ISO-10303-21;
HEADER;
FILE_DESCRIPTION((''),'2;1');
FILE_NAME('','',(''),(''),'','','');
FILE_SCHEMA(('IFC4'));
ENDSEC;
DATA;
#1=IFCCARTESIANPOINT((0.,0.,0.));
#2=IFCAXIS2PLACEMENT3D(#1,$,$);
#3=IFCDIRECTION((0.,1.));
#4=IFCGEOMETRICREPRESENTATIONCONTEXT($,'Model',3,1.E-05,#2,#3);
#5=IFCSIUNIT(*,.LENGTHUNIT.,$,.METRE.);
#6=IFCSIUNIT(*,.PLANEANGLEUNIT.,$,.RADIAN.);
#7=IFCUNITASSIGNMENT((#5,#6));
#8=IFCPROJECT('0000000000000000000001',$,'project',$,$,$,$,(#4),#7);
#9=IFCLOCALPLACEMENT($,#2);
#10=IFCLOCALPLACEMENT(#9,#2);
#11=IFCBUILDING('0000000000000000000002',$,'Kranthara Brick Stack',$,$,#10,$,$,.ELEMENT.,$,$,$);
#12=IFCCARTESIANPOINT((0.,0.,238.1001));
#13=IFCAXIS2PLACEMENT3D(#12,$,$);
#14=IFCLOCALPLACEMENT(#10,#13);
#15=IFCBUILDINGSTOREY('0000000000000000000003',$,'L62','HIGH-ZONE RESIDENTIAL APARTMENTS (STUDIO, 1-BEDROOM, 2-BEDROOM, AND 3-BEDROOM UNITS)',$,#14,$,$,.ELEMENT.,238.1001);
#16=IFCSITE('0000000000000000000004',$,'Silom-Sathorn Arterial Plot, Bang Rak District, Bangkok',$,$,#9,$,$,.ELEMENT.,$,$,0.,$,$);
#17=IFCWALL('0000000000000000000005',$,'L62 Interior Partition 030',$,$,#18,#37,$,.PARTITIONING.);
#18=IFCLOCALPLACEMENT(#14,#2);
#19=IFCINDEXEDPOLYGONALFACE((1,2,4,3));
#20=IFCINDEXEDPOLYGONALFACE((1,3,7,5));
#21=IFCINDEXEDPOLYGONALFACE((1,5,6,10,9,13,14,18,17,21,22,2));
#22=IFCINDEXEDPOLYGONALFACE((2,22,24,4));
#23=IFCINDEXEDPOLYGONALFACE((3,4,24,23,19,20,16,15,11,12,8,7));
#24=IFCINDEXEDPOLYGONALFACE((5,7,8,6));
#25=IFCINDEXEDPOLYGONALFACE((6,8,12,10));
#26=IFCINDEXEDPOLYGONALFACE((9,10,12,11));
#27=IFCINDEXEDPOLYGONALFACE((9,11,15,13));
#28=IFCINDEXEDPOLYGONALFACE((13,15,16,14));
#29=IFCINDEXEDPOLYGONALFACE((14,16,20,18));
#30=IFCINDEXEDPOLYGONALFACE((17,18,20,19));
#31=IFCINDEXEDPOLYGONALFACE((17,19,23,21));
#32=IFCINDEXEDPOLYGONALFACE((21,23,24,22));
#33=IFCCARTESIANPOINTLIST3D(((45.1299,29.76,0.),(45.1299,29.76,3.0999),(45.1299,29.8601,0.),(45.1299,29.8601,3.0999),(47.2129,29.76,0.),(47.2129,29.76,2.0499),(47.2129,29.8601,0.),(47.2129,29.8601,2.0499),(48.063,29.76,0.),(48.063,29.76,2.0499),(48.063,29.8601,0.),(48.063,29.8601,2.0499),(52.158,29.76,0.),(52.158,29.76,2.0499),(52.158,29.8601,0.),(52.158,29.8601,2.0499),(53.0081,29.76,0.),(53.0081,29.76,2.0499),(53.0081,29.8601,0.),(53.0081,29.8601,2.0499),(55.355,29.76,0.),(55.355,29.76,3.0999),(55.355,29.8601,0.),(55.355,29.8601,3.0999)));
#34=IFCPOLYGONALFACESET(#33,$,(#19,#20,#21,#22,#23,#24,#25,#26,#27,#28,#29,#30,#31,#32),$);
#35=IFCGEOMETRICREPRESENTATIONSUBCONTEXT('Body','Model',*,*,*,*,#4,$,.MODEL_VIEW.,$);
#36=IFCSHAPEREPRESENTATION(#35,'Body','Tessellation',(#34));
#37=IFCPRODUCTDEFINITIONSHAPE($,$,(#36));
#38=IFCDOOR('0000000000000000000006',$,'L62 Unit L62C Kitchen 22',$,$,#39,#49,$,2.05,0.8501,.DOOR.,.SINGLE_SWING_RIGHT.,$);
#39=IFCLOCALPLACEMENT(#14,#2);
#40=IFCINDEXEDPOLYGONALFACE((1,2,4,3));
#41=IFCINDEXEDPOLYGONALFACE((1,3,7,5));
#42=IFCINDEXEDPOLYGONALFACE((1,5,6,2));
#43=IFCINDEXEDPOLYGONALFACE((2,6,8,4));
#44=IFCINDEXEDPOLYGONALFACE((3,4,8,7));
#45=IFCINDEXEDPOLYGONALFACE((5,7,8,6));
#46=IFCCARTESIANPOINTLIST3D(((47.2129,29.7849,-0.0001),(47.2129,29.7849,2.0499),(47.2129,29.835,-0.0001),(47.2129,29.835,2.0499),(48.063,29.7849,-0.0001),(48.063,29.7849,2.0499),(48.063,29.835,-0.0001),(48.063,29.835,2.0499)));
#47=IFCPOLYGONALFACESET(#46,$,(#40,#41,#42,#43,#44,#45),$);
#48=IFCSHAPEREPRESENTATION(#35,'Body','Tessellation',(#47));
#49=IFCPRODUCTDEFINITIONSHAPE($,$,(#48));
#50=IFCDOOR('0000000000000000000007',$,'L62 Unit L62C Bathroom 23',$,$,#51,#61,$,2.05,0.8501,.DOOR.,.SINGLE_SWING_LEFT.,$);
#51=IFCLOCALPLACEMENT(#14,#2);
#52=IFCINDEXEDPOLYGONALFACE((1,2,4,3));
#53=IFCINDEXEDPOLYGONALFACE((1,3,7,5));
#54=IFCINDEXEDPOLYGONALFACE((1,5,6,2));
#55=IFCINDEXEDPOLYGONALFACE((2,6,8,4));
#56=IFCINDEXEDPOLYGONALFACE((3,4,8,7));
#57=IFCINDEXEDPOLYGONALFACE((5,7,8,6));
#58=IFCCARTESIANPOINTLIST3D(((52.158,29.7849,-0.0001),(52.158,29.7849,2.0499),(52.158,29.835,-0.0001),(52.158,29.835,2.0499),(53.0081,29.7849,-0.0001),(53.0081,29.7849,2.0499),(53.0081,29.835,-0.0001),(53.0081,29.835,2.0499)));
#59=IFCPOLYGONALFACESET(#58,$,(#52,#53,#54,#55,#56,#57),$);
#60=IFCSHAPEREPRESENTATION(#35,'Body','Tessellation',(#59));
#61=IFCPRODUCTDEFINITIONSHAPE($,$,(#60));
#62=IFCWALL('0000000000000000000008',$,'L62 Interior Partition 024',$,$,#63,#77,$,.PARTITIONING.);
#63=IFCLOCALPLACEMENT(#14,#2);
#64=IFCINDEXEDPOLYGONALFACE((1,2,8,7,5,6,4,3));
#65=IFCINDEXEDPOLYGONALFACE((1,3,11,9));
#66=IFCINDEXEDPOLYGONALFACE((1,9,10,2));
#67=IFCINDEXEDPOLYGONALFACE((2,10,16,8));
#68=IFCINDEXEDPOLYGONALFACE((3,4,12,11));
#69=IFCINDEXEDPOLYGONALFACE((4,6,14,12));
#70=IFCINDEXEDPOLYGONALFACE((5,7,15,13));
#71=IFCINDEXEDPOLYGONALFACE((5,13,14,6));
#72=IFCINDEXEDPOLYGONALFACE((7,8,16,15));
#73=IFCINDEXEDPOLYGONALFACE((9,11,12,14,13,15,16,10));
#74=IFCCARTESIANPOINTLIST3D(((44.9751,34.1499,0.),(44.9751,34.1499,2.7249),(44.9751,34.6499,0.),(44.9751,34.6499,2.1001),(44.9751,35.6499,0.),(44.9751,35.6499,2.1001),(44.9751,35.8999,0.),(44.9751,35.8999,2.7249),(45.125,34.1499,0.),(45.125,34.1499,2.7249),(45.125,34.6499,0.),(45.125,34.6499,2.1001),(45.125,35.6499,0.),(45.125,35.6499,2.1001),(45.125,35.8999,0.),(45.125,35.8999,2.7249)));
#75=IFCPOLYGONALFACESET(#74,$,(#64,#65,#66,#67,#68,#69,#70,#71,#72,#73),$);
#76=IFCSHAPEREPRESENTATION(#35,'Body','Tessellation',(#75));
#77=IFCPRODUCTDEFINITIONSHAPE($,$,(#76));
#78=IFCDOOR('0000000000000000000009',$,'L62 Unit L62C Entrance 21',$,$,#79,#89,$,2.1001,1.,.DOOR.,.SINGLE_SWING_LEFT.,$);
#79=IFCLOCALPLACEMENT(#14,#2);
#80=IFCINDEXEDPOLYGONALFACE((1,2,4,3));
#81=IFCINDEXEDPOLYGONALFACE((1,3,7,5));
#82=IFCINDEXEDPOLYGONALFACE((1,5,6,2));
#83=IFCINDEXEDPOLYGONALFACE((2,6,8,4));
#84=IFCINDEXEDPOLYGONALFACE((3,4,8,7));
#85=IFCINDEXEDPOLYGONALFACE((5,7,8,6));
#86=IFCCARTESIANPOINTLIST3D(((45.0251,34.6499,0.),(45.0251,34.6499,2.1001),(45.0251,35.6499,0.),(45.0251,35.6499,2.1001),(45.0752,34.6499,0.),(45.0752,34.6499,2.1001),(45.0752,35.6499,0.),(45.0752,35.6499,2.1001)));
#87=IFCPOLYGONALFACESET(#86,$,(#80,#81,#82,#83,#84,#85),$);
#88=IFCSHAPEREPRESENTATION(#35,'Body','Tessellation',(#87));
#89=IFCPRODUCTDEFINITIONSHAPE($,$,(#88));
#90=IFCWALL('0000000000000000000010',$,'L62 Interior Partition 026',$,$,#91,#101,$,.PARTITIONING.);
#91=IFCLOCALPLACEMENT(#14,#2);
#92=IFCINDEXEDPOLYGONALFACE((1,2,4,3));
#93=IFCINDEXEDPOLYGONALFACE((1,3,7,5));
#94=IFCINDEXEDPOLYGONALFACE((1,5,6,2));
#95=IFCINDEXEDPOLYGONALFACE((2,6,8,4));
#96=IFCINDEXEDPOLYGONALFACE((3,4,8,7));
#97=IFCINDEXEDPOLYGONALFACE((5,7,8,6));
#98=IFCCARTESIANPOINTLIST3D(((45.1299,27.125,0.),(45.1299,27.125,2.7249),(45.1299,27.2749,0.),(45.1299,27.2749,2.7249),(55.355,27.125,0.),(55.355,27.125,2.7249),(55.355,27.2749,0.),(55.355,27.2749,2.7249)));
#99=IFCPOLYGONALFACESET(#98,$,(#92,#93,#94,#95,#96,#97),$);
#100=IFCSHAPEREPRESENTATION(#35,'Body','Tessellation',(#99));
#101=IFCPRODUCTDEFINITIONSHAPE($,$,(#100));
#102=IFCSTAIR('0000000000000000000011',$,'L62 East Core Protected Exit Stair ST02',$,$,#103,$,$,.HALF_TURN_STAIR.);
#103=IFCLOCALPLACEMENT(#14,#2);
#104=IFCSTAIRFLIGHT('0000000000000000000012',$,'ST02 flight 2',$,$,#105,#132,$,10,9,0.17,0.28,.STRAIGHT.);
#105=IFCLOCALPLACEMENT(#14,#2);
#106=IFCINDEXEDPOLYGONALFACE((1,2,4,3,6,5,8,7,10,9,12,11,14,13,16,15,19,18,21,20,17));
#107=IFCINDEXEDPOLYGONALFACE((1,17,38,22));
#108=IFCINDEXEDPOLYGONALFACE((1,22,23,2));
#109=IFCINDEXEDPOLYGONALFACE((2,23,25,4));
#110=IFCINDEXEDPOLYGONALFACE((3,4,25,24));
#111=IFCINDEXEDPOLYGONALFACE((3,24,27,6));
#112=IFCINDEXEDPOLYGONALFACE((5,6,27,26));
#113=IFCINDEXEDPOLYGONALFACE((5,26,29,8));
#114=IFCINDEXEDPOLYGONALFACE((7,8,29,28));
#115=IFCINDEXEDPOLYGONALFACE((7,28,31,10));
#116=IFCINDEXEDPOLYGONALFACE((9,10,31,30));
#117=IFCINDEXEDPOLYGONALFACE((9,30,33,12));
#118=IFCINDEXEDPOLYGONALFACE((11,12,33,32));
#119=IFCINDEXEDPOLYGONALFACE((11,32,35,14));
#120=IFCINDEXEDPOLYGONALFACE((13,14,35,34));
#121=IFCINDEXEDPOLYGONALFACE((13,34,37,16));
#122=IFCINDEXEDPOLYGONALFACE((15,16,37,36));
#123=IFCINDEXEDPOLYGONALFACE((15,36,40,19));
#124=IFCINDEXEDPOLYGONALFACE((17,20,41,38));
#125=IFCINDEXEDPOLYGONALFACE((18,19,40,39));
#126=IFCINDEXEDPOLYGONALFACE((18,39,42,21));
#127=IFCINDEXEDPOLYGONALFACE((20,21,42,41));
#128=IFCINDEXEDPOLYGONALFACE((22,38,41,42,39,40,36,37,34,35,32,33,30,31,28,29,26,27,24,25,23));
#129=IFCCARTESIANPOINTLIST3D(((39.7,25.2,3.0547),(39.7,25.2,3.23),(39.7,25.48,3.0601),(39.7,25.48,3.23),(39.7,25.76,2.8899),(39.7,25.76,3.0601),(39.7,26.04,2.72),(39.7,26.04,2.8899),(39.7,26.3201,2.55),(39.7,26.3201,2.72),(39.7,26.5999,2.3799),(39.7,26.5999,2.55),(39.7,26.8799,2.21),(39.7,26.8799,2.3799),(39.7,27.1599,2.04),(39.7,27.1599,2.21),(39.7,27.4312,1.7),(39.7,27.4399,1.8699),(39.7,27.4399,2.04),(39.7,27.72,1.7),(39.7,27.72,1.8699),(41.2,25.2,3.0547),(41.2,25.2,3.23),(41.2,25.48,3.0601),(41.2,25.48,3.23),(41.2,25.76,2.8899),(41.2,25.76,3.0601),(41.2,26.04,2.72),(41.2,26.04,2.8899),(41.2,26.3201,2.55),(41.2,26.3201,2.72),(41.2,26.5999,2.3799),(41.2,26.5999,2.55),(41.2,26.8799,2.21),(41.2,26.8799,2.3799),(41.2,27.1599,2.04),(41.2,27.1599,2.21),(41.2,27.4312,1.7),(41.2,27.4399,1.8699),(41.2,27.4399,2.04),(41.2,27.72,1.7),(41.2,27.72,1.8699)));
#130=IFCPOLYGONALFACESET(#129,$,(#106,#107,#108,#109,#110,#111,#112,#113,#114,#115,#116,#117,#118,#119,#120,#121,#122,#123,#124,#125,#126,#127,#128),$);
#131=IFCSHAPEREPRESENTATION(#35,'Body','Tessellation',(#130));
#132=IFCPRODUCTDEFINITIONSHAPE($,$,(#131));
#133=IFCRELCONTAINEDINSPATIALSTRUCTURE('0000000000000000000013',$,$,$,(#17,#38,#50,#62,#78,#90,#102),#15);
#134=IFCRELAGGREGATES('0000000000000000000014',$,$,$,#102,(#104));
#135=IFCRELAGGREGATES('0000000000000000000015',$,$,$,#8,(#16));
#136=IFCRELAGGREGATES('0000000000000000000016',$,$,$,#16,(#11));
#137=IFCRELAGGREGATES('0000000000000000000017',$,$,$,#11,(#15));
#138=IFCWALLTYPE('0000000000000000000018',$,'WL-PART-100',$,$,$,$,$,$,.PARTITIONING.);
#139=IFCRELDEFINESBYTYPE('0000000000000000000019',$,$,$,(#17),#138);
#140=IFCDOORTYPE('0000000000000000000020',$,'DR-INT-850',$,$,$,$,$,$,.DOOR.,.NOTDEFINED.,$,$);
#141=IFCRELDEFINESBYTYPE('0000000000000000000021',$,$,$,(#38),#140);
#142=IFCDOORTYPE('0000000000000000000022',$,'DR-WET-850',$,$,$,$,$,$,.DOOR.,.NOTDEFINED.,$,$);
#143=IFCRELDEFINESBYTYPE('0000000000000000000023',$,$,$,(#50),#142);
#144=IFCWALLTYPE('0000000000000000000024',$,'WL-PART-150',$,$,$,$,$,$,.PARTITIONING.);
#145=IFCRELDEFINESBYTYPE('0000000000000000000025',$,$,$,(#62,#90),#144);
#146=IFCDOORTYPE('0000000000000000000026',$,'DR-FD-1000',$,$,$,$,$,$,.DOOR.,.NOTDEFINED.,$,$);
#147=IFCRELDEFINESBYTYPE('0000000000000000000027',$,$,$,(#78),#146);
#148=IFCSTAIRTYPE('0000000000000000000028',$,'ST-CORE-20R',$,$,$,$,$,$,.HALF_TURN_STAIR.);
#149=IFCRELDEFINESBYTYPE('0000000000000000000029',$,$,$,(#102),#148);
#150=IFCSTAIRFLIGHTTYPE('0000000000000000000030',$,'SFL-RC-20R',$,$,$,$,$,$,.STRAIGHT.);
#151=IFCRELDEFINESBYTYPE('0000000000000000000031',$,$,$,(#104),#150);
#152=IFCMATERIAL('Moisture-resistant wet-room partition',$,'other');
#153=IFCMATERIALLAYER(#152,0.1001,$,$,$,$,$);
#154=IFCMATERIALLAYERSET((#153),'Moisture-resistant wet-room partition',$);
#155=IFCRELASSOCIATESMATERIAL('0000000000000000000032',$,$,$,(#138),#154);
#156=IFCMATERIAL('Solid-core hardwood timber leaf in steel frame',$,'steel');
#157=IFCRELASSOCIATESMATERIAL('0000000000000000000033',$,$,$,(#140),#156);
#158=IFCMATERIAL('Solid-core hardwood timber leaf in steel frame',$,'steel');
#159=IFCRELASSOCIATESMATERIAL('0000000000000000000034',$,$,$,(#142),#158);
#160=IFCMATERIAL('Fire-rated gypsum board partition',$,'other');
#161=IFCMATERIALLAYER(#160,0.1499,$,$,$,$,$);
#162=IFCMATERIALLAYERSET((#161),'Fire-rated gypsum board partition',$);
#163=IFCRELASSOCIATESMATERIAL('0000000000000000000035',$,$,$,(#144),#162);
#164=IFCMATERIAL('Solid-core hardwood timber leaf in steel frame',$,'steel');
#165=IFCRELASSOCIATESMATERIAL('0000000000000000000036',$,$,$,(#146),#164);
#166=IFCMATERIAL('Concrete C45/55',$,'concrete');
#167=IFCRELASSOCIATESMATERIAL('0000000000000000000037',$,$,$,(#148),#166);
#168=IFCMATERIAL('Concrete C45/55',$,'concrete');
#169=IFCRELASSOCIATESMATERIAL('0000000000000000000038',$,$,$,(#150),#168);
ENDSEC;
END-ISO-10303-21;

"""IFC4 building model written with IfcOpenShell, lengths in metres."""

from ifc_helpers import new_model, si_unit, direction, frame, frame_2d, origin, place, context, subcontext, project, spatial, polyline, rectangle, outline, extrude, material, layer, layer_set, type_object, element, fill, aggregate, save


model = new_model("IFC4")

# Units and contexts
model_context = context("Model", 3, precision=1e-05, world=origin(), true_north=direction((0.0, 1.0)))
body_context = subcontext(model_context, "Body", "Model", "MODEL_VIEW")
ifc_project = project(units=[si_unit("LENGTHUNIT", "METRE"), si_unit("PLANEANGLEUNIT", "RADIAN")], contexts=[model_context])

# Site, building, storey
site_placement = place(None, origin())
site = spatial("IfcSite", under=ifc_project, at=site_placement, Name="Silom-Sathorn Arterial Plot, Bang Rak District, Bangkok", CompositionType="ELEMENT", RefElevation=0.0)
building_placement = place(site_placement, origin())
building = spatial("IfcBuilding", under=site, at=building_placement, Name="Kranthara Brick Stack", CompositionType="ELEMENT")
storey_placement = place(building_placement, frame((0.0, 0.0, 238.1001)))
storey = spatial("IfcBuildingStorey", under=building, at=storey_placement, Name="L62", Description="HIGH-ZONE RESIDENTIAL APARTMENTS (STUDIO, 1-BEDROOM, 2-BEDROOM, AND 3-BEDROOM UNITS)", CompositionType="ELEMENT", Elevation=238.1001)

# Wall, openings, doors
ifc_material_1 = material(Name="Moisture-resistant wet-room partition", Category="other")
ifc_layer_1 = layer(ifc_material_1, 0.1001)
ifc_layer_set_1 = layer_set([ifc_layer_1], Name="Moisture-resistant wet-room partition")
wall_type_1 = type_object("IfcWallType", Name="WL-PART-100", PredefinedType="PARTITIONING", material=ifc_layer_set_1)
wall_1_placement = place(storey_placement, frame((45.1299, 29.8101, 0.0), z_axis=(0.0, 0.0, 1.0), x_axis=(1.0, 0.0, 0.0)))
wall_1 = element("IfcWall", 1, at=wall_1_placement, inside=storey, type_object=wall_type_1, Name="L62 Interior Partition 030", PredefinedType="PARTITIONING", context=body_context, shape_type="SweptSolid", body=[
    extrude(rectangle(XDim=10.2251, YDim=0.1001, at=frame_2d((5.1125, 0.0))), origin(), (0.0, 0.0, 1.0), 3.0999),
])
opening_1_placement = place(wall_1_placement, frame((2.083, 0.0, 0.0)))
opening_1 = element("IfcOpeningElement", 2, at=opening_1_placement, cuts=wall_1, PredefinedType="OPENING", context=body_context, shape_type="SweptSolid", body=[
    extrude(rectangle(XDim=0.8501, YDim=2.05, at=frame_2d((0.425, 1.0249))), frame((0.0, 0.0601, 0.0), z_axis=(0.0, -1.0, 0.0), x_axis=(1.0, 0.0, 0.0)), (0.0, 0.0, 1.0), 0.1201),
])
opening_2_placement = place(wall_1_placement, frame((7.0281, 0.0, 0.0)))
opening_2 = element("IfcOpeningElement", 3, at=opening_2_placement, cuts=wall_1, PredefinedType="OPENING", context=body_context, shape_type="SweptSolid", body=[
    extrude(rectangle(XDim=0.8501, YDim=2.05, at=frame_2d((0.425, 1.0249))), frame((0.0, 0.0601, 0.0), z_axis=(0.0, -1.0, 0.0), x_axis=(1.0, 0.0, 0.0)), (0.0, 0.0, 1.0), 0.1201),
])
ifc_material_2 = material(Name="Solid-core hardwood timber leaf in steel frame", Category="steel")
door_type_1 = type_object("IfcDoorType", Name="DR-INT-850", OperationType="NOTDEFINED", PredefinedType="DOOR", material=ifc_material_2)
door_1_placement = place(opening_1_placement, origin())
door_1 = element("IfcDoor", 4, at=door_1_placement, inside=storey, type_object=door_type_1, Name="L62 Unit L62C Kitchen 22", OperationType="SINGLE_SWING_RIGHT", OverallHeight=2.05, OverallWidth=0.8501, PredefinedType="DOOR", context=body_context, shape_type="SweptSolid", body=[
    extrude(rectangle(XDim=0.8501, YDim=2.05, at=frame_2d((0.425, 1.0249))), frame((0.0, 0.0249, 0.0), z_axis=(0.0, -1.0, 0.0), x_axis=(1.0, 0.0, 0.0)), (0.0, 0.0, 1.0), 0.05),
])
fill(opening_1, door_1)
ifc_material_3 = material(Name="Solid-core hardwood timber leaf in steel frame", Category="steel")
door_type_2 = type_object("IfcDoorType", Name="DR-WET-850", OperationType="NOTDEFINED", PredefinedType="DOOR", material=ifc_material_3)
door_2_placement = place(opening_2_placement, origin())
door_2 = element("IfcDoor", 5, at=door_2_placement, inside=storey, type_object=door_type_2, Name="L62 Unit L62C Bathroom 23", OperationType="SINGLE_SWING_LEFT", OverallHeight=2.05, OverallWidth=0.8501, PredefinedType="DOOR", context=body_context, shape_type="SweptSolid", body=[
    extrude(rectangle(XDim=0.8501, YDim=2.05, at=frame_2d((0.425, 1.0249))), frame((0.0, 0.0249, 0.0), z_axis=(0.0, -1.0, 0.0), x_axis=(1.0, 0.0, 0.0)), (0.0, 0.0, 1.0), 0.05),
])
fill(opening_2, door_2)

# Wall, opening, door
ifc_material_4 = material(Name="Fire-rated gypsum board partition", Category="other")
ifc_layer_2 = layer(ifc_material_4, 0.1499)
ifc_layer_set_2 = layer_set([ifc_layer_2], Name="Fire-rated gypsum board partition")
wall_type_2 = type_object("IfcWallType", Name="WL-PART-150", PredefinedType="PARTITIONING", material=ifc_layer_set_2)
wall_2_placement = place(storey_placement, frame((45.05, 34.1499, 0.0), z_axis=(0.0, 0.0, 1.0), x_axis=(0.0, 1.0, 0.0)))
wall_2 = element("IfcWall", 6, at=wall_2_placement, inside=storey, type_object=wall_type_2, Name="L62 Interior Partition 024", PredefinedType="PARTITIONING", context=body_context, shape_type="SweptSolid", body=[
    extrude(rectangle(XDim=1.75, YDim=0.1499, at=frame_2d((0.875, 0.0))), origin(), (0.0, 0.0, 1.0), 2.7249),
])
opening_3_placement = place(wall_2_placement, frame((0.5, 0.0, 0.0)))
opening_3 = element("IfcOpeningElement", 7, at=opening_3_placement, cuts=wall_2, PredefinedType="OPENING", context=body_context, shape_type="SweptSolid", body=[
    extrude(rectangle(XDim=1.0, YDim=2.1001, at=frame_2d((0.5, 1.05))), frame((0.0, 0.085, 0.0), z_axis=(0.0, -1.0, 0.0), x_axis=(1.0, 0.0, 0.0)), (0.0, 0.0, 1.0), 0.1699),
])
ifc_material_5 = material(Name="Solid-core hardwood timber leaf in steel frame", Category="steel")
door_type_3 = type_object("IfcDoorType", Name="DR-FD-1000", OperationType="NOTDEFINED", PredefinedType="DOOR", material=ifc_material_5)
door_3_placement = place(opening_3_placement, origin())
door_3 = element("IfcDoor", 8, at=door_3_placement, inside=storey, type_object=door_type_3, Name="L62 Unit L62C Entrance 21", OperationType="SINGLE_SWING_LEFT", OverallHeight=2.1001, OverallWidth=1.0, PredefinedType="DOOR", context=body_context, shape_type="SweptSolid", body=[
    extrude(rectangle(XDim=1.0, YDim=2.1001, at=frame_2d((0.5, 1.05))), frame((0.0, 0.0249, 0.0), z_axis=(0.0, -1.0, 0.0), x_axis=(1.0, 0.0, 0.0)), (0.0, 0.0, 1.0), 0.05),
])
fill(opening_3, door_3)

# Wall
wall_3_placement = place(storey_placement, frame((45.1299, 27.2, 0.0), z_axis=(0.0, 0.0, 1.0), x_axis=(1.0, 0.0, 0.0)))
element("IfcWall", 9, at=wall_3_placement, inside=storey, type_object=wall_type_2, Name="L62 Interior Partition 026", PredefinedType="PARTITIONING", context=body_context, shape_type="SweptSolid", body=[
    extrude(rectangle(XDim=10.2251, YDim=0.1499, at=frame_2d((5.1125, 0.0))), origin(), (0.0, 0.0, 1.0), 2.7249),
])

# Stair, stair flight
ifc_material_6 = material(Name="Concrete C45/55", Category="concrete")
stair_type = type_object("IfcStairType", Name="ST-CORE-20R", PredefinedType="HALF_TURN_STAIR", material=ifc_material_6)
stair_placement = place(storey_placement, origin())
stair = element("IfcStair", 10, at=stair_placement, inside=storey, type_object=stair_type, Name="L62 East Core Protected Exit Stair ST02", PredefinedType="HALF_TURN_STAIR")
ifc_material_7 = material(Name="Concrete C45/55", Category="concrete")
stair_flight_type = type_object("IfcStairFlightType", Name="SFL-RC-20R", PredefinedType="STRAIGHT", material=ifc_material_7)
stair_flight_placement = place(storey_placement, frame((40.45, 27.72, 1.7), z_axis=(0.0, 0.0, 1.0), x_axis=(0.0, -1.0, 0.0)))
stair_flight = element("IfcStairFlight", 11, at=stair_flight_placement, type_object=stair_flight_type, Name="ST02 flight 2", NumberOfRisers=10, NumberOfTreads=9, PredefinedType="STRAIGHT", RiserHeight=0.17, TreadLength=0.28, context=body_context, shape_type="SweptSolid", body=[
    extrude(outline(polyline([(0.0, 0.0), (0.0, 0.1699), (0.28, 0.1699), (0.28, 0.3401), (0.5601, 0.3401), (0.5601, 0.51), (0.8401, 0.51), (0.8401, 0.6799), (1.1201, 0.6799), (1.1201, 0.8501), (1.3999, 0.8501), (1.3999, 1.02), (1.6799, 1.02), (1.6799, 1.1899), (1.96, 1.1899), (1.96, 1.3601), (2.24, 1.3601), (2.24, 1.53), (2.52, 1.53), (2.52, 1.7), (2.52, 1.3547), (0.2888, 0.0), (0.0, 0.0)])), frame((0.0, 0.75, 0.0), z_axis=(0.0, -1.0, 0.0), x_axis=(1.0, 0.0, 0.0)), (0.0, 0.0, 1.0), 1.5),
])
aggregate(stair, [stair_flight])

save(model, "model.ifc")
